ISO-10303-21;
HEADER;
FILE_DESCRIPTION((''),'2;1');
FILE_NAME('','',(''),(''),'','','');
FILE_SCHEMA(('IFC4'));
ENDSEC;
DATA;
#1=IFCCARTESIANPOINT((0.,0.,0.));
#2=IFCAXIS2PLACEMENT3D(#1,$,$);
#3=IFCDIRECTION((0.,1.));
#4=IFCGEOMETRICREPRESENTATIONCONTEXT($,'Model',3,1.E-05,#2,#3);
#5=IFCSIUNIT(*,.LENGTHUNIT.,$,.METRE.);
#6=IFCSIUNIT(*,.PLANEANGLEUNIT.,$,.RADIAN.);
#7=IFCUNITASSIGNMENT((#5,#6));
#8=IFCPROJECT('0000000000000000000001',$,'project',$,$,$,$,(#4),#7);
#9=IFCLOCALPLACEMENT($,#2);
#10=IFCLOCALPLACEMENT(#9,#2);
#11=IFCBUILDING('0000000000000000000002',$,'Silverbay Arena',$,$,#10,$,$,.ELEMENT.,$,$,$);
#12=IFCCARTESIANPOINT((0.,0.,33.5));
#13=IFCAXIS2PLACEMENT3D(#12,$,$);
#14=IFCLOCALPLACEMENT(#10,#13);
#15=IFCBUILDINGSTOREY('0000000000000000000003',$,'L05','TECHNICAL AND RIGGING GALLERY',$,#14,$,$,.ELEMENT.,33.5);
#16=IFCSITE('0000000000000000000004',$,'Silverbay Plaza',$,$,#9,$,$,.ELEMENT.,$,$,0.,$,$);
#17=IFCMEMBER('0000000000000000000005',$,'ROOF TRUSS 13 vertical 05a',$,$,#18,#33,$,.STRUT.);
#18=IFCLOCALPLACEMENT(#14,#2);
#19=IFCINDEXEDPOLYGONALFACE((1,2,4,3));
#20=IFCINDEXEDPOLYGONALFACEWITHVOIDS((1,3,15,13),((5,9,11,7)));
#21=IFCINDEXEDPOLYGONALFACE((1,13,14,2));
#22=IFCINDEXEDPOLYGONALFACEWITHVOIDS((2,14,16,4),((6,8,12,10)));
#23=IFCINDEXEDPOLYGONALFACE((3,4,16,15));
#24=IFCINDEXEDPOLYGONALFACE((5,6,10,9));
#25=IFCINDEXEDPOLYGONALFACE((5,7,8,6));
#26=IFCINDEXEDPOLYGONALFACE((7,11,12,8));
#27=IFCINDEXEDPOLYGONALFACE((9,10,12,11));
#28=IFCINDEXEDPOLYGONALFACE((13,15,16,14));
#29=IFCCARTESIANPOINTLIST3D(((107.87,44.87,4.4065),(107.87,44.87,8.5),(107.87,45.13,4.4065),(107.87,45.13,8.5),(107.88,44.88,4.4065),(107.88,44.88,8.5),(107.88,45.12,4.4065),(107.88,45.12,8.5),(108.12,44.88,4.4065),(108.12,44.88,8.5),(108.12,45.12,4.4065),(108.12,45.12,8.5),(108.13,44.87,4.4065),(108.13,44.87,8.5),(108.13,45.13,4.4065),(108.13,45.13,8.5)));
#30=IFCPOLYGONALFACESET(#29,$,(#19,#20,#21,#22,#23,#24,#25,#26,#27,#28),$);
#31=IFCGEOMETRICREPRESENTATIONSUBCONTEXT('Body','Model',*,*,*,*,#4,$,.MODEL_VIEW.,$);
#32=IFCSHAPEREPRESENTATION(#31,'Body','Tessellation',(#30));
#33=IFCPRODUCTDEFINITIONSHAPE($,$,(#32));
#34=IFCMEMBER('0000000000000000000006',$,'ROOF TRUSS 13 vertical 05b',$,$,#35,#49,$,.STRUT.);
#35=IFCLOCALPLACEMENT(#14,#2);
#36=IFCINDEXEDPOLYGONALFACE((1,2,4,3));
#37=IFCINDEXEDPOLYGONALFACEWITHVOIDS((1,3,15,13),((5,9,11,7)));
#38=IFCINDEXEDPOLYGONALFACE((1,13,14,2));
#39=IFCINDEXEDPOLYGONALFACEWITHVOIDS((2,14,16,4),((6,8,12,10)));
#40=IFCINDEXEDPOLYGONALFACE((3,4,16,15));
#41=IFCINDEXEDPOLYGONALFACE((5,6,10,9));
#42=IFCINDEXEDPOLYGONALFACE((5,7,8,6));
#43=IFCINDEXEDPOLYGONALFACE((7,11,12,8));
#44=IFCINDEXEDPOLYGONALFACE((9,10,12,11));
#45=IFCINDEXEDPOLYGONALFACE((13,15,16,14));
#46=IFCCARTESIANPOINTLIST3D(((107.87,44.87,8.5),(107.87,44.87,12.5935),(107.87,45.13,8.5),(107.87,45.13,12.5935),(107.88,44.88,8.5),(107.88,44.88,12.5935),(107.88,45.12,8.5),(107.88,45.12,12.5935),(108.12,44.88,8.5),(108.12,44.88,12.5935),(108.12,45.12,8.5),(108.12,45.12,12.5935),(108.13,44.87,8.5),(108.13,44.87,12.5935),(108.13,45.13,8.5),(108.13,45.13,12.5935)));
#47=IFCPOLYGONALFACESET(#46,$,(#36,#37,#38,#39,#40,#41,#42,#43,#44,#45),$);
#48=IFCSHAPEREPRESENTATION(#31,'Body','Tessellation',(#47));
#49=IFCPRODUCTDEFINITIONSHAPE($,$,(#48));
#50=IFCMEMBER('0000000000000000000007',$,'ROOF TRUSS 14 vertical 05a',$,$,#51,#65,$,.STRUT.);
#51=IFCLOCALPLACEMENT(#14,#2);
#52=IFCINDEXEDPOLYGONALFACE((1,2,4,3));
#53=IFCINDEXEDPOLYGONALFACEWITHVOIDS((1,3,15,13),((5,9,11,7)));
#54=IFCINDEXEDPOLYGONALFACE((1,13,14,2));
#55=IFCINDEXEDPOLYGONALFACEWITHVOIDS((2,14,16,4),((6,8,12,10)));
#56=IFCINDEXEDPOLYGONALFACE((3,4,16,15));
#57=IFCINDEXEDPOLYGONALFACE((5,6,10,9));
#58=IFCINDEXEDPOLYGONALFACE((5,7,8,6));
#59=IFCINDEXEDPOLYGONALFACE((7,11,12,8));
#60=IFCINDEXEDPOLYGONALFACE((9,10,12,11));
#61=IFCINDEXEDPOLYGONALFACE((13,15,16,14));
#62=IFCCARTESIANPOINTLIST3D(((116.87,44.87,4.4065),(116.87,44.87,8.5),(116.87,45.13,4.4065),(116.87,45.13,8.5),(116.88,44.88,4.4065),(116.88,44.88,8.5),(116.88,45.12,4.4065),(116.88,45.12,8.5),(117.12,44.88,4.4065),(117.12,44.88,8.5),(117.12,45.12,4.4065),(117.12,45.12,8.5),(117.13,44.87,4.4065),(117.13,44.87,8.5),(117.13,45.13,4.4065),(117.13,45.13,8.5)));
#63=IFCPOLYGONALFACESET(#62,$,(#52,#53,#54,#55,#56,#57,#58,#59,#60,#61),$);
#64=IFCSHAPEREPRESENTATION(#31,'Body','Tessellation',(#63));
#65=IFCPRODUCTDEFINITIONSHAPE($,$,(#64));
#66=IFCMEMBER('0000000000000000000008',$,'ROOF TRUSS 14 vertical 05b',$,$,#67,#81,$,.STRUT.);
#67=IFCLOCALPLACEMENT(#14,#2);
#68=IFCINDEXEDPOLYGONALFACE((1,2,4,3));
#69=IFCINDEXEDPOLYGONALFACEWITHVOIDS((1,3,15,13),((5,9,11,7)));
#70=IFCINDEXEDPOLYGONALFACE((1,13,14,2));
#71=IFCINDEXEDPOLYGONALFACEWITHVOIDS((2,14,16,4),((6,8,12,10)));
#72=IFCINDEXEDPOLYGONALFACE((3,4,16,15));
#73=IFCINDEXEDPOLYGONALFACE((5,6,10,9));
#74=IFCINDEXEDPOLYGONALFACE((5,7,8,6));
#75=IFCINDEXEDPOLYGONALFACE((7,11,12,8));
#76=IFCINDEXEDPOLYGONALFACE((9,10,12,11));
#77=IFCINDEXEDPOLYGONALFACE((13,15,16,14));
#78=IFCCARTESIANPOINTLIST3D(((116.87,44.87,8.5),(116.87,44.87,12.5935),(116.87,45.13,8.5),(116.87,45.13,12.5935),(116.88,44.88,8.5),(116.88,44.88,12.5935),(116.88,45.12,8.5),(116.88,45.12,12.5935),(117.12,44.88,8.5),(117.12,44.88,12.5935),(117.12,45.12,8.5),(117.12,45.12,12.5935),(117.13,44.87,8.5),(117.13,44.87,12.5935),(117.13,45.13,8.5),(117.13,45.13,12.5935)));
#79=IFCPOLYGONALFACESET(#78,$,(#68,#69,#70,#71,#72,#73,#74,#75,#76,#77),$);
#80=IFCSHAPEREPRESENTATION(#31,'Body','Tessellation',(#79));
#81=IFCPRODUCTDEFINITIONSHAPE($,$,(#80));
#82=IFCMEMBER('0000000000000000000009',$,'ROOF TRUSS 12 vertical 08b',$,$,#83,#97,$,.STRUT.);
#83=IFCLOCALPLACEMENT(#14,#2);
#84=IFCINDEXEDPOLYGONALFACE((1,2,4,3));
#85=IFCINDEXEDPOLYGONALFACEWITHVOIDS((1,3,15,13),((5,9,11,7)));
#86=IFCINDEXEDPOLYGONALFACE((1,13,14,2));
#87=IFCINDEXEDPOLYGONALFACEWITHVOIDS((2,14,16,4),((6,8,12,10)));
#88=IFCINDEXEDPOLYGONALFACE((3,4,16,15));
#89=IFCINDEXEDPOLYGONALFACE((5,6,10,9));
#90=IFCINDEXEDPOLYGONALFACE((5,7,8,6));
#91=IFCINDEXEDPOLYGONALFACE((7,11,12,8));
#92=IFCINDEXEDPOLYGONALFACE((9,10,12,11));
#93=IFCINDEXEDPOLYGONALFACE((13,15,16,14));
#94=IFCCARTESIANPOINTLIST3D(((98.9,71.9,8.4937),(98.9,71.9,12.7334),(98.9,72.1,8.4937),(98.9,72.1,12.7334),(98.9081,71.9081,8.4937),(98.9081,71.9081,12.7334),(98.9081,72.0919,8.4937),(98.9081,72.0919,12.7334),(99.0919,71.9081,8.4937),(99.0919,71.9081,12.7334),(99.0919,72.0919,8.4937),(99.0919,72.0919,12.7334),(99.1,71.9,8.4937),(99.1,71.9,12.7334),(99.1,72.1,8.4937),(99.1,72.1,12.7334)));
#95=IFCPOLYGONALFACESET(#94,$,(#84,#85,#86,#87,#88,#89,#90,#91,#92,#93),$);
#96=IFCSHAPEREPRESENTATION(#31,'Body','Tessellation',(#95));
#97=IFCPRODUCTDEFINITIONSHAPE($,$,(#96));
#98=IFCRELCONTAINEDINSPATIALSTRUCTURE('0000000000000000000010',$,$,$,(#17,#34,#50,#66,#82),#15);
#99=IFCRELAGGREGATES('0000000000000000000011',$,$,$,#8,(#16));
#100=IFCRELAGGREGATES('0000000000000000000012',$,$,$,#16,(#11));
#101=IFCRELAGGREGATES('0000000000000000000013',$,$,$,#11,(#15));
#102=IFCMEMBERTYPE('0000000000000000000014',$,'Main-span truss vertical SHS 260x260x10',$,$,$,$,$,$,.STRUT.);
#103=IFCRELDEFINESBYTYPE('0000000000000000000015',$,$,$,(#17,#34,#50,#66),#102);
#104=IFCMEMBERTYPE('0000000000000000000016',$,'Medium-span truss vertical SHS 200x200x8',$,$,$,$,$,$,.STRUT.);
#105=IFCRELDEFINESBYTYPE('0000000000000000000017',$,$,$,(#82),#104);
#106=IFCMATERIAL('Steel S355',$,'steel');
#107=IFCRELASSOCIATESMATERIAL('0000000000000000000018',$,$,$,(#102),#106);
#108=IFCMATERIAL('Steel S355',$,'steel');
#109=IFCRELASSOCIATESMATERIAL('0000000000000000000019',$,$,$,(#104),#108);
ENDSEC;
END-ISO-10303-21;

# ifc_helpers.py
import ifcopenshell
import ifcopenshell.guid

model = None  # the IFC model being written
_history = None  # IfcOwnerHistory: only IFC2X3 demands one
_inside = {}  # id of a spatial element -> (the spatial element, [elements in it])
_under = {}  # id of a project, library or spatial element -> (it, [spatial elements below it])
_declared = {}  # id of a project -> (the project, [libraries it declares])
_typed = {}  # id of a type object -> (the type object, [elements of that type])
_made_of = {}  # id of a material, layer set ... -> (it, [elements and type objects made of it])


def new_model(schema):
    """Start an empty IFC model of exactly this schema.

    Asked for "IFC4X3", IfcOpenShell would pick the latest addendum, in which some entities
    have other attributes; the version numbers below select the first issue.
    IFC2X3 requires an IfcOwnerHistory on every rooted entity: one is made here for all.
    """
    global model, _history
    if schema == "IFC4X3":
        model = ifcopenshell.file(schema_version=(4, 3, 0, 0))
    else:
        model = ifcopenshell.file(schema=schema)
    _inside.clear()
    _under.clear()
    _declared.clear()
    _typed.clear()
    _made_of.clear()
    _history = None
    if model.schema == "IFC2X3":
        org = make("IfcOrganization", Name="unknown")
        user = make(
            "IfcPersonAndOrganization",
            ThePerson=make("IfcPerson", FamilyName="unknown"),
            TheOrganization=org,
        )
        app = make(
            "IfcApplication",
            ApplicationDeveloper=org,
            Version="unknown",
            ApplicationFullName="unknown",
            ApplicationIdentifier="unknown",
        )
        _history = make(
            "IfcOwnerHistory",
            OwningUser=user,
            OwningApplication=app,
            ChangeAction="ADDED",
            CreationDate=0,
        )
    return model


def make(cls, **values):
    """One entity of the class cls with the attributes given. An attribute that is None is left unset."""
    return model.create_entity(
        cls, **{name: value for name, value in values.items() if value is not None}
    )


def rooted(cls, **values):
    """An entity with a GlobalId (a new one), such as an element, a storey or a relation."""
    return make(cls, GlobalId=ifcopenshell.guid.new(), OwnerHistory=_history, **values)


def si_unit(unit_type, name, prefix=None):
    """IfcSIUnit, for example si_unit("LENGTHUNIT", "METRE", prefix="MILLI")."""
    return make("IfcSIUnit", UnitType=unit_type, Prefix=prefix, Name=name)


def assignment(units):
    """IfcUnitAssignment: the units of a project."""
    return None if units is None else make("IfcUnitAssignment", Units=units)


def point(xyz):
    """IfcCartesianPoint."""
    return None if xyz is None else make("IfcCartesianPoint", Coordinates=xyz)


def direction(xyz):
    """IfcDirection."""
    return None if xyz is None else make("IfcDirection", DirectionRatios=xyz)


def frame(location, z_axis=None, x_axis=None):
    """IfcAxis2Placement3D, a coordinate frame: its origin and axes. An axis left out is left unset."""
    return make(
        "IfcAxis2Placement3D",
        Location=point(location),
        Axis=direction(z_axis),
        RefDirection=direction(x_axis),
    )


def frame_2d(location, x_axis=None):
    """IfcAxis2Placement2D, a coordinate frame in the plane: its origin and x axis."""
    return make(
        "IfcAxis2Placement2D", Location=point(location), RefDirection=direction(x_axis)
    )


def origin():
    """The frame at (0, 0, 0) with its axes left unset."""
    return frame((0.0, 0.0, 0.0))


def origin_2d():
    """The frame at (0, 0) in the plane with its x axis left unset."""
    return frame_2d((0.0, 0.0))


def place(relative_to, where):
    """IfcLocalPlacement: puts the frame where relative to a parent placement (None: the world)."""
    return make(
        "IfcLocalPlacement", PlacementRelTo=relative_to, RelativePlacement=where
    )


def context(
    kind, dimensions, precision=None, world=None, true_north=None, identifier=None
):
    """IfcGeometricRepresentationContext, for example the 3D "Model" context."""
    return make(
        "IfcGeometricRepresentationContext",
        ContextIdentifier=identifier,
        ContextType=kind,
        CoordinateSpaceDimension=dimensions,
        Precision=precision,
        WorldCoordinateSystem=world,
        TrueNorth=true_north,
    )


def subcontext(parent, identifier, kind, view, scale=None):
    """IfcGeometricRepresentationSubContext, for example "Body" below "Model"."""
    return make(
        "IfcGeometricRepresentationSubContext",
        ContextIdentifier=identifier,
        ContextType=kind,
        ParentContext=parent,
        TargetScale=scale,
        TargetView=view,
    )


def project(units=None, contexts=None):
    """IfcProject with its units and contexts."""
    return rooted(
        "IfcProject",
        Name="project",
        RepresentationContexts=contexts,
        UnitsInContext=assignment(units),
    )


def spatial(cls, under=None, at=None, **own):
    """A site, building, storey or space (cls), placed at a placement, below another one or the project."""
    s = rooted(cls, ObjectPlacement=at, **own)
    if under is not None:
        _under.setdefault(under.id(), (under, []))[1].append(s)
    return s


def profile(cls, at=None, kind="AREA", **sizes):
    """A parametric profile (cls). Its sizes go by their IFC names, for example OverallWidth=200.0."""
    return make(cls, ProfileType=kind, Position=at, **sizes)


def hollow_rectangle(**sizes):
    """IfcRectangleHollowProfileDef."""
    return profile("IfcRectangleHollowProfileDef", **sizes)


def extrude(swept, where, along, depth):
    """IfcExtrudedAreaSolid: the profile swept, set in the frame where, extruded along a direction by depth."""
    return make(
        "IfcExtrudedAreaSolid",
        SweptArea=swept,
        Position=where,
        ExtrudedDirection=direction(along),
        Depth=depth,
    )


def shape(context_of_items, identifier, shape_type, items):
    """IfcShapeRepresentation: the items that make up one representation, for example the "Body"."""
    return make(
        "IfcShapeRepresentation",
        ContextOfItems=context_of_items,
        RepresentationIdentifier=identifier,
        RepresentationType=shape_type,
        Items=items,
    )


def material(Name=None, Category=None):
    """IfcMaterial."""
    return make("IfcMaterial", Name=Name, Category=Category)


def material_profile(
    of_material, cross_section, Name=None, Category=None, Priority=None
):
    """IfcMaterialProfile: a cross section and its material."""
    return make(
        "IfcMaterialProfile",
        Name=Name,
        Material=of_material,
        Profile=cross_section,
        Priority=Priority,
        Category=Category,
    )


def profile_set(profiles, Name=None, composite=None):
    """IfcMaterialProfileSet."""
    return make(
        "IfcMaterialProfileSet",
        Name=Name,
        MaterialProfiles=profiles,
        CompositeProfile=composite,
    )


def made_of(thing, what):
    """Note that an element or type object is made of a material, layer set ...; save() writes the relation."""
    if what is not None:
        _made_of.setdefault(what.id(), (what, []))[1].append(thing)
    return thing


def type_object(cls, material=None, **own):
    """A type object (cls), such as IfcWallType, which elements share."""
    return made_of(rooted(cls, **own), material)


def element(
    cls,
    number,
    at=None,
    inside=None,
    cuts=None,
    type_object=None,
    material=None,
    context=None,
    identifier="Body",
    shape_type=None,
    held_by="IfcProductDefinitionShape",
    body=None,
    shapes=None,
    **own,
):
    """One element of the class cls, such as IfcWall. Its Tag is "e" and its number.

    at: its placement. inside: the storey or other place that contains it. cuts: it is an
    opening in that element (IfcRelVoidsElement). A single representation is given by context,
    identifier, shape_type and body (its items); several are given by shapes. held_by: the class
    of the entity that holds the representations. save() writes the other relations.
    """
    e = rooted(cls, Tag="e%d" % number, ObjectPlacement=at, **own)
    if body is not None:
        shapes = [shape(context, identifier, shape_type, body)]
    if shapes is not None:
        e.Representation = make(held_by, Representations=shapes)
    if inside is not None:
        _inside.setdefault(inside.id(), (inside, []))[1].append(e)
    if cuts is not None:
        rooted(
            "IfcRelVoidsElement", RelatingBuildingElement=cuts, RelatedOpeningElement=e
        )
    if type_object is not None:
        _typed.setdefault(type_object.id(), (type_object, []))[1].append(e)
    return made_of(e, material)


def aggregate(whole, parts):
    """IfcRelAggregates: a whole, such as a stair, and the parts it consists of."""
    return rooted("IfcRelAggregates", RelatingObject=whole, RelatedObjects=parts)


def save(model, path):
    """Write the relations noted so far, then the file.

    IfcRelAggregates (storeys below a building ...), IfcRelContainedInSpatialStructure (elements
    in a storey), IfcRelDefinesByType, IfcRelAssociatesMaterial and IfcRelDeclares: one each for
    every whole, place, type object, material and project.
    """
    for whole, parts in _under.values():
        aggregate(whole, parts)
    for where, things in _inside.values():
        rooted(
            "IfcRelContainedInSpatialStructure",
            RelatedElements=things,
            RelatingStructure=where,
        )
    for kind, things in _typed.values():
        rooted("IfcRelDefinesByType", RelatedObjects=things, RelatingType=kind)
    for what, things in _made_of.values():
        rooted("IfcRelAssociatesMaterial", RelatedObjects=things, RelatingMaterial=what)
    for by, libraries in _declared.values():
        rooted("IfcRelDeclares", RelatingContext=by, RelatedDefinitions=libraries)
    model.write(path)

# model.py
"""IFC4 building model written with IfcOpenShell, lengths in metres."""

from ifc_helpers import new_model, si_unit, direction, frame, origin, origin_2d, place, context, subcontext, project, spatial, hollow_rectangle, extrude, material, material_profile, profile_set, type_object, element, save


model = new_model("IFC4")

# Units and contexts
model_context = context("Model", 3, precision=1e-05, world=origin(), true_north=direction((0.0, 1.0)))
body_context = subcontext(model_context, "Body", "Model", "MODEL_VIEW")
ifc_project = project(units=[si_unit("LENGTHUNIT", "METRE"), si_unit("PLANEANGLEUNIT", "RADIAN")], contexts=[model_context])

# Site, building, storey
site_placement = place(None, origin())
site = spatial("IfcSite", under=ifc_project, at=site_placement, Name="Silverbay Plaza", CompositionType="ELEMENT", RefElevation=0.0)
building_placement = place(site_placement, origin())
building = spatial("IfcBuilding", under=site, at=building_placement, Name="Silverbay Arena", CompositionType="ELEMENT")
storey_placement = place(building_placement, frame((0.0, 0.0, 33.5)))
storey = spatial("IfcBuildingStorey", under=building, at=storey_placement, Name="L05", Description="TECHNICAL AND RIGGING GALLERY", CompositionType="ELEMENT", Elevation=33.5)

# Members
ifc_material_1 = material(Name="Steel S355", Category="steel")
ifc_material_profile_1 = material_profile(ifc_material_1, hollow_rectangle(XDim=0.26, YDim=0.26, WallThickness=0.01, at=origin_2d()), Name="SHS 260x260x10")
ifc_profile_set_1 = profile_set([ifc_material_profile_1], Name="Steel S355")
member_type_1 = type_object("IfcMemberType", Name="Main-span truss vertical SHS 260x260x10", PredefinedType="STRUT", material=ifc_profile_set_1)
for number, where, z_axis, x_axis, name in (
    (1, (108.0, 45.0, 4.4065), (0.0, 0.0, 1.0), (1.0, 0.0, 0.0), "ROOF TRUSS 13 vertical 05a"),
    (2, (108.0, 45.0, 8.5), (0.0, 0.0, 1.0), (1.0, 0.0, 0.0), "ROOF TRUSS 13 vertical 05b"),
    (3, (117.0, 45.0, 4.4065), (0.0, 0.0, 1.0), (1.0, 0.0, 0.0), "ROOF TRUSS 14 vertical 05a"),
    (4, (117.0, 45.0, 8.5), (0.0, 0.0, 1.0), (1.0, 0.0, 0.0), "ROOF TRUSS 14 vertical 05b"),
):
    element("IfcMember", number, at=place(storey_placement, frame(where, z_axis=z_axis, x_axis=x_axis)), inside=storey, type_object=member_type_1, Name=name, PredefinedType="STRUT", context=body_context, shape_type="SweptSolid", body=[
        extrude(hollow_rectangle(XDim=0.26, YDim=0.26, WallThickness=0.01, at=origin_2d()), origin(), (0.0, 0.0, 1.0), 4.0935),
    ])
ifc_material_2 = material(Name="Steel S355", Category="steel")
ifc_material_profile_2 = material_profile(ifc_material_2, hollow_rectangle(XDim=0.2, YDim=0.2, WallThickness=0.0081, at=origin_2d()), Name="SHS 200x200x8")
ifc_profile_set_2 = profile_set([ifc_material_profile_2], Name="Steel S355")
member_type_2 = type_object("IfcMemberType", Name="Medium-span truss vertical SHS 200x200x8", PredefinedType="STRUT", material=ifc_profile_set_2)
member_1_placement = place(storey_placement, frame((99.0, 72.0, 8.4937), z_axis=(0.0, 0.0, 1.0), x_axis=(1.0, 0.0, 0.0)))
element("IfcMember", 5, at=member_1_placement, inside=storey, type_object=member_type_2, Name="ROOF TRUSS 12 vertical 08b", PredefinedType="STRUT", context=body_context, shape_type="SweptSolid", body=[
    extrude(hollow_rectangle(XDim=0.2, YDim=0.2, WallThickness=0.0081, at=origin_2d()), origin(), (0.0, 0.0, 1.0), 4.2397),
])

save(model, "model.ifc")
